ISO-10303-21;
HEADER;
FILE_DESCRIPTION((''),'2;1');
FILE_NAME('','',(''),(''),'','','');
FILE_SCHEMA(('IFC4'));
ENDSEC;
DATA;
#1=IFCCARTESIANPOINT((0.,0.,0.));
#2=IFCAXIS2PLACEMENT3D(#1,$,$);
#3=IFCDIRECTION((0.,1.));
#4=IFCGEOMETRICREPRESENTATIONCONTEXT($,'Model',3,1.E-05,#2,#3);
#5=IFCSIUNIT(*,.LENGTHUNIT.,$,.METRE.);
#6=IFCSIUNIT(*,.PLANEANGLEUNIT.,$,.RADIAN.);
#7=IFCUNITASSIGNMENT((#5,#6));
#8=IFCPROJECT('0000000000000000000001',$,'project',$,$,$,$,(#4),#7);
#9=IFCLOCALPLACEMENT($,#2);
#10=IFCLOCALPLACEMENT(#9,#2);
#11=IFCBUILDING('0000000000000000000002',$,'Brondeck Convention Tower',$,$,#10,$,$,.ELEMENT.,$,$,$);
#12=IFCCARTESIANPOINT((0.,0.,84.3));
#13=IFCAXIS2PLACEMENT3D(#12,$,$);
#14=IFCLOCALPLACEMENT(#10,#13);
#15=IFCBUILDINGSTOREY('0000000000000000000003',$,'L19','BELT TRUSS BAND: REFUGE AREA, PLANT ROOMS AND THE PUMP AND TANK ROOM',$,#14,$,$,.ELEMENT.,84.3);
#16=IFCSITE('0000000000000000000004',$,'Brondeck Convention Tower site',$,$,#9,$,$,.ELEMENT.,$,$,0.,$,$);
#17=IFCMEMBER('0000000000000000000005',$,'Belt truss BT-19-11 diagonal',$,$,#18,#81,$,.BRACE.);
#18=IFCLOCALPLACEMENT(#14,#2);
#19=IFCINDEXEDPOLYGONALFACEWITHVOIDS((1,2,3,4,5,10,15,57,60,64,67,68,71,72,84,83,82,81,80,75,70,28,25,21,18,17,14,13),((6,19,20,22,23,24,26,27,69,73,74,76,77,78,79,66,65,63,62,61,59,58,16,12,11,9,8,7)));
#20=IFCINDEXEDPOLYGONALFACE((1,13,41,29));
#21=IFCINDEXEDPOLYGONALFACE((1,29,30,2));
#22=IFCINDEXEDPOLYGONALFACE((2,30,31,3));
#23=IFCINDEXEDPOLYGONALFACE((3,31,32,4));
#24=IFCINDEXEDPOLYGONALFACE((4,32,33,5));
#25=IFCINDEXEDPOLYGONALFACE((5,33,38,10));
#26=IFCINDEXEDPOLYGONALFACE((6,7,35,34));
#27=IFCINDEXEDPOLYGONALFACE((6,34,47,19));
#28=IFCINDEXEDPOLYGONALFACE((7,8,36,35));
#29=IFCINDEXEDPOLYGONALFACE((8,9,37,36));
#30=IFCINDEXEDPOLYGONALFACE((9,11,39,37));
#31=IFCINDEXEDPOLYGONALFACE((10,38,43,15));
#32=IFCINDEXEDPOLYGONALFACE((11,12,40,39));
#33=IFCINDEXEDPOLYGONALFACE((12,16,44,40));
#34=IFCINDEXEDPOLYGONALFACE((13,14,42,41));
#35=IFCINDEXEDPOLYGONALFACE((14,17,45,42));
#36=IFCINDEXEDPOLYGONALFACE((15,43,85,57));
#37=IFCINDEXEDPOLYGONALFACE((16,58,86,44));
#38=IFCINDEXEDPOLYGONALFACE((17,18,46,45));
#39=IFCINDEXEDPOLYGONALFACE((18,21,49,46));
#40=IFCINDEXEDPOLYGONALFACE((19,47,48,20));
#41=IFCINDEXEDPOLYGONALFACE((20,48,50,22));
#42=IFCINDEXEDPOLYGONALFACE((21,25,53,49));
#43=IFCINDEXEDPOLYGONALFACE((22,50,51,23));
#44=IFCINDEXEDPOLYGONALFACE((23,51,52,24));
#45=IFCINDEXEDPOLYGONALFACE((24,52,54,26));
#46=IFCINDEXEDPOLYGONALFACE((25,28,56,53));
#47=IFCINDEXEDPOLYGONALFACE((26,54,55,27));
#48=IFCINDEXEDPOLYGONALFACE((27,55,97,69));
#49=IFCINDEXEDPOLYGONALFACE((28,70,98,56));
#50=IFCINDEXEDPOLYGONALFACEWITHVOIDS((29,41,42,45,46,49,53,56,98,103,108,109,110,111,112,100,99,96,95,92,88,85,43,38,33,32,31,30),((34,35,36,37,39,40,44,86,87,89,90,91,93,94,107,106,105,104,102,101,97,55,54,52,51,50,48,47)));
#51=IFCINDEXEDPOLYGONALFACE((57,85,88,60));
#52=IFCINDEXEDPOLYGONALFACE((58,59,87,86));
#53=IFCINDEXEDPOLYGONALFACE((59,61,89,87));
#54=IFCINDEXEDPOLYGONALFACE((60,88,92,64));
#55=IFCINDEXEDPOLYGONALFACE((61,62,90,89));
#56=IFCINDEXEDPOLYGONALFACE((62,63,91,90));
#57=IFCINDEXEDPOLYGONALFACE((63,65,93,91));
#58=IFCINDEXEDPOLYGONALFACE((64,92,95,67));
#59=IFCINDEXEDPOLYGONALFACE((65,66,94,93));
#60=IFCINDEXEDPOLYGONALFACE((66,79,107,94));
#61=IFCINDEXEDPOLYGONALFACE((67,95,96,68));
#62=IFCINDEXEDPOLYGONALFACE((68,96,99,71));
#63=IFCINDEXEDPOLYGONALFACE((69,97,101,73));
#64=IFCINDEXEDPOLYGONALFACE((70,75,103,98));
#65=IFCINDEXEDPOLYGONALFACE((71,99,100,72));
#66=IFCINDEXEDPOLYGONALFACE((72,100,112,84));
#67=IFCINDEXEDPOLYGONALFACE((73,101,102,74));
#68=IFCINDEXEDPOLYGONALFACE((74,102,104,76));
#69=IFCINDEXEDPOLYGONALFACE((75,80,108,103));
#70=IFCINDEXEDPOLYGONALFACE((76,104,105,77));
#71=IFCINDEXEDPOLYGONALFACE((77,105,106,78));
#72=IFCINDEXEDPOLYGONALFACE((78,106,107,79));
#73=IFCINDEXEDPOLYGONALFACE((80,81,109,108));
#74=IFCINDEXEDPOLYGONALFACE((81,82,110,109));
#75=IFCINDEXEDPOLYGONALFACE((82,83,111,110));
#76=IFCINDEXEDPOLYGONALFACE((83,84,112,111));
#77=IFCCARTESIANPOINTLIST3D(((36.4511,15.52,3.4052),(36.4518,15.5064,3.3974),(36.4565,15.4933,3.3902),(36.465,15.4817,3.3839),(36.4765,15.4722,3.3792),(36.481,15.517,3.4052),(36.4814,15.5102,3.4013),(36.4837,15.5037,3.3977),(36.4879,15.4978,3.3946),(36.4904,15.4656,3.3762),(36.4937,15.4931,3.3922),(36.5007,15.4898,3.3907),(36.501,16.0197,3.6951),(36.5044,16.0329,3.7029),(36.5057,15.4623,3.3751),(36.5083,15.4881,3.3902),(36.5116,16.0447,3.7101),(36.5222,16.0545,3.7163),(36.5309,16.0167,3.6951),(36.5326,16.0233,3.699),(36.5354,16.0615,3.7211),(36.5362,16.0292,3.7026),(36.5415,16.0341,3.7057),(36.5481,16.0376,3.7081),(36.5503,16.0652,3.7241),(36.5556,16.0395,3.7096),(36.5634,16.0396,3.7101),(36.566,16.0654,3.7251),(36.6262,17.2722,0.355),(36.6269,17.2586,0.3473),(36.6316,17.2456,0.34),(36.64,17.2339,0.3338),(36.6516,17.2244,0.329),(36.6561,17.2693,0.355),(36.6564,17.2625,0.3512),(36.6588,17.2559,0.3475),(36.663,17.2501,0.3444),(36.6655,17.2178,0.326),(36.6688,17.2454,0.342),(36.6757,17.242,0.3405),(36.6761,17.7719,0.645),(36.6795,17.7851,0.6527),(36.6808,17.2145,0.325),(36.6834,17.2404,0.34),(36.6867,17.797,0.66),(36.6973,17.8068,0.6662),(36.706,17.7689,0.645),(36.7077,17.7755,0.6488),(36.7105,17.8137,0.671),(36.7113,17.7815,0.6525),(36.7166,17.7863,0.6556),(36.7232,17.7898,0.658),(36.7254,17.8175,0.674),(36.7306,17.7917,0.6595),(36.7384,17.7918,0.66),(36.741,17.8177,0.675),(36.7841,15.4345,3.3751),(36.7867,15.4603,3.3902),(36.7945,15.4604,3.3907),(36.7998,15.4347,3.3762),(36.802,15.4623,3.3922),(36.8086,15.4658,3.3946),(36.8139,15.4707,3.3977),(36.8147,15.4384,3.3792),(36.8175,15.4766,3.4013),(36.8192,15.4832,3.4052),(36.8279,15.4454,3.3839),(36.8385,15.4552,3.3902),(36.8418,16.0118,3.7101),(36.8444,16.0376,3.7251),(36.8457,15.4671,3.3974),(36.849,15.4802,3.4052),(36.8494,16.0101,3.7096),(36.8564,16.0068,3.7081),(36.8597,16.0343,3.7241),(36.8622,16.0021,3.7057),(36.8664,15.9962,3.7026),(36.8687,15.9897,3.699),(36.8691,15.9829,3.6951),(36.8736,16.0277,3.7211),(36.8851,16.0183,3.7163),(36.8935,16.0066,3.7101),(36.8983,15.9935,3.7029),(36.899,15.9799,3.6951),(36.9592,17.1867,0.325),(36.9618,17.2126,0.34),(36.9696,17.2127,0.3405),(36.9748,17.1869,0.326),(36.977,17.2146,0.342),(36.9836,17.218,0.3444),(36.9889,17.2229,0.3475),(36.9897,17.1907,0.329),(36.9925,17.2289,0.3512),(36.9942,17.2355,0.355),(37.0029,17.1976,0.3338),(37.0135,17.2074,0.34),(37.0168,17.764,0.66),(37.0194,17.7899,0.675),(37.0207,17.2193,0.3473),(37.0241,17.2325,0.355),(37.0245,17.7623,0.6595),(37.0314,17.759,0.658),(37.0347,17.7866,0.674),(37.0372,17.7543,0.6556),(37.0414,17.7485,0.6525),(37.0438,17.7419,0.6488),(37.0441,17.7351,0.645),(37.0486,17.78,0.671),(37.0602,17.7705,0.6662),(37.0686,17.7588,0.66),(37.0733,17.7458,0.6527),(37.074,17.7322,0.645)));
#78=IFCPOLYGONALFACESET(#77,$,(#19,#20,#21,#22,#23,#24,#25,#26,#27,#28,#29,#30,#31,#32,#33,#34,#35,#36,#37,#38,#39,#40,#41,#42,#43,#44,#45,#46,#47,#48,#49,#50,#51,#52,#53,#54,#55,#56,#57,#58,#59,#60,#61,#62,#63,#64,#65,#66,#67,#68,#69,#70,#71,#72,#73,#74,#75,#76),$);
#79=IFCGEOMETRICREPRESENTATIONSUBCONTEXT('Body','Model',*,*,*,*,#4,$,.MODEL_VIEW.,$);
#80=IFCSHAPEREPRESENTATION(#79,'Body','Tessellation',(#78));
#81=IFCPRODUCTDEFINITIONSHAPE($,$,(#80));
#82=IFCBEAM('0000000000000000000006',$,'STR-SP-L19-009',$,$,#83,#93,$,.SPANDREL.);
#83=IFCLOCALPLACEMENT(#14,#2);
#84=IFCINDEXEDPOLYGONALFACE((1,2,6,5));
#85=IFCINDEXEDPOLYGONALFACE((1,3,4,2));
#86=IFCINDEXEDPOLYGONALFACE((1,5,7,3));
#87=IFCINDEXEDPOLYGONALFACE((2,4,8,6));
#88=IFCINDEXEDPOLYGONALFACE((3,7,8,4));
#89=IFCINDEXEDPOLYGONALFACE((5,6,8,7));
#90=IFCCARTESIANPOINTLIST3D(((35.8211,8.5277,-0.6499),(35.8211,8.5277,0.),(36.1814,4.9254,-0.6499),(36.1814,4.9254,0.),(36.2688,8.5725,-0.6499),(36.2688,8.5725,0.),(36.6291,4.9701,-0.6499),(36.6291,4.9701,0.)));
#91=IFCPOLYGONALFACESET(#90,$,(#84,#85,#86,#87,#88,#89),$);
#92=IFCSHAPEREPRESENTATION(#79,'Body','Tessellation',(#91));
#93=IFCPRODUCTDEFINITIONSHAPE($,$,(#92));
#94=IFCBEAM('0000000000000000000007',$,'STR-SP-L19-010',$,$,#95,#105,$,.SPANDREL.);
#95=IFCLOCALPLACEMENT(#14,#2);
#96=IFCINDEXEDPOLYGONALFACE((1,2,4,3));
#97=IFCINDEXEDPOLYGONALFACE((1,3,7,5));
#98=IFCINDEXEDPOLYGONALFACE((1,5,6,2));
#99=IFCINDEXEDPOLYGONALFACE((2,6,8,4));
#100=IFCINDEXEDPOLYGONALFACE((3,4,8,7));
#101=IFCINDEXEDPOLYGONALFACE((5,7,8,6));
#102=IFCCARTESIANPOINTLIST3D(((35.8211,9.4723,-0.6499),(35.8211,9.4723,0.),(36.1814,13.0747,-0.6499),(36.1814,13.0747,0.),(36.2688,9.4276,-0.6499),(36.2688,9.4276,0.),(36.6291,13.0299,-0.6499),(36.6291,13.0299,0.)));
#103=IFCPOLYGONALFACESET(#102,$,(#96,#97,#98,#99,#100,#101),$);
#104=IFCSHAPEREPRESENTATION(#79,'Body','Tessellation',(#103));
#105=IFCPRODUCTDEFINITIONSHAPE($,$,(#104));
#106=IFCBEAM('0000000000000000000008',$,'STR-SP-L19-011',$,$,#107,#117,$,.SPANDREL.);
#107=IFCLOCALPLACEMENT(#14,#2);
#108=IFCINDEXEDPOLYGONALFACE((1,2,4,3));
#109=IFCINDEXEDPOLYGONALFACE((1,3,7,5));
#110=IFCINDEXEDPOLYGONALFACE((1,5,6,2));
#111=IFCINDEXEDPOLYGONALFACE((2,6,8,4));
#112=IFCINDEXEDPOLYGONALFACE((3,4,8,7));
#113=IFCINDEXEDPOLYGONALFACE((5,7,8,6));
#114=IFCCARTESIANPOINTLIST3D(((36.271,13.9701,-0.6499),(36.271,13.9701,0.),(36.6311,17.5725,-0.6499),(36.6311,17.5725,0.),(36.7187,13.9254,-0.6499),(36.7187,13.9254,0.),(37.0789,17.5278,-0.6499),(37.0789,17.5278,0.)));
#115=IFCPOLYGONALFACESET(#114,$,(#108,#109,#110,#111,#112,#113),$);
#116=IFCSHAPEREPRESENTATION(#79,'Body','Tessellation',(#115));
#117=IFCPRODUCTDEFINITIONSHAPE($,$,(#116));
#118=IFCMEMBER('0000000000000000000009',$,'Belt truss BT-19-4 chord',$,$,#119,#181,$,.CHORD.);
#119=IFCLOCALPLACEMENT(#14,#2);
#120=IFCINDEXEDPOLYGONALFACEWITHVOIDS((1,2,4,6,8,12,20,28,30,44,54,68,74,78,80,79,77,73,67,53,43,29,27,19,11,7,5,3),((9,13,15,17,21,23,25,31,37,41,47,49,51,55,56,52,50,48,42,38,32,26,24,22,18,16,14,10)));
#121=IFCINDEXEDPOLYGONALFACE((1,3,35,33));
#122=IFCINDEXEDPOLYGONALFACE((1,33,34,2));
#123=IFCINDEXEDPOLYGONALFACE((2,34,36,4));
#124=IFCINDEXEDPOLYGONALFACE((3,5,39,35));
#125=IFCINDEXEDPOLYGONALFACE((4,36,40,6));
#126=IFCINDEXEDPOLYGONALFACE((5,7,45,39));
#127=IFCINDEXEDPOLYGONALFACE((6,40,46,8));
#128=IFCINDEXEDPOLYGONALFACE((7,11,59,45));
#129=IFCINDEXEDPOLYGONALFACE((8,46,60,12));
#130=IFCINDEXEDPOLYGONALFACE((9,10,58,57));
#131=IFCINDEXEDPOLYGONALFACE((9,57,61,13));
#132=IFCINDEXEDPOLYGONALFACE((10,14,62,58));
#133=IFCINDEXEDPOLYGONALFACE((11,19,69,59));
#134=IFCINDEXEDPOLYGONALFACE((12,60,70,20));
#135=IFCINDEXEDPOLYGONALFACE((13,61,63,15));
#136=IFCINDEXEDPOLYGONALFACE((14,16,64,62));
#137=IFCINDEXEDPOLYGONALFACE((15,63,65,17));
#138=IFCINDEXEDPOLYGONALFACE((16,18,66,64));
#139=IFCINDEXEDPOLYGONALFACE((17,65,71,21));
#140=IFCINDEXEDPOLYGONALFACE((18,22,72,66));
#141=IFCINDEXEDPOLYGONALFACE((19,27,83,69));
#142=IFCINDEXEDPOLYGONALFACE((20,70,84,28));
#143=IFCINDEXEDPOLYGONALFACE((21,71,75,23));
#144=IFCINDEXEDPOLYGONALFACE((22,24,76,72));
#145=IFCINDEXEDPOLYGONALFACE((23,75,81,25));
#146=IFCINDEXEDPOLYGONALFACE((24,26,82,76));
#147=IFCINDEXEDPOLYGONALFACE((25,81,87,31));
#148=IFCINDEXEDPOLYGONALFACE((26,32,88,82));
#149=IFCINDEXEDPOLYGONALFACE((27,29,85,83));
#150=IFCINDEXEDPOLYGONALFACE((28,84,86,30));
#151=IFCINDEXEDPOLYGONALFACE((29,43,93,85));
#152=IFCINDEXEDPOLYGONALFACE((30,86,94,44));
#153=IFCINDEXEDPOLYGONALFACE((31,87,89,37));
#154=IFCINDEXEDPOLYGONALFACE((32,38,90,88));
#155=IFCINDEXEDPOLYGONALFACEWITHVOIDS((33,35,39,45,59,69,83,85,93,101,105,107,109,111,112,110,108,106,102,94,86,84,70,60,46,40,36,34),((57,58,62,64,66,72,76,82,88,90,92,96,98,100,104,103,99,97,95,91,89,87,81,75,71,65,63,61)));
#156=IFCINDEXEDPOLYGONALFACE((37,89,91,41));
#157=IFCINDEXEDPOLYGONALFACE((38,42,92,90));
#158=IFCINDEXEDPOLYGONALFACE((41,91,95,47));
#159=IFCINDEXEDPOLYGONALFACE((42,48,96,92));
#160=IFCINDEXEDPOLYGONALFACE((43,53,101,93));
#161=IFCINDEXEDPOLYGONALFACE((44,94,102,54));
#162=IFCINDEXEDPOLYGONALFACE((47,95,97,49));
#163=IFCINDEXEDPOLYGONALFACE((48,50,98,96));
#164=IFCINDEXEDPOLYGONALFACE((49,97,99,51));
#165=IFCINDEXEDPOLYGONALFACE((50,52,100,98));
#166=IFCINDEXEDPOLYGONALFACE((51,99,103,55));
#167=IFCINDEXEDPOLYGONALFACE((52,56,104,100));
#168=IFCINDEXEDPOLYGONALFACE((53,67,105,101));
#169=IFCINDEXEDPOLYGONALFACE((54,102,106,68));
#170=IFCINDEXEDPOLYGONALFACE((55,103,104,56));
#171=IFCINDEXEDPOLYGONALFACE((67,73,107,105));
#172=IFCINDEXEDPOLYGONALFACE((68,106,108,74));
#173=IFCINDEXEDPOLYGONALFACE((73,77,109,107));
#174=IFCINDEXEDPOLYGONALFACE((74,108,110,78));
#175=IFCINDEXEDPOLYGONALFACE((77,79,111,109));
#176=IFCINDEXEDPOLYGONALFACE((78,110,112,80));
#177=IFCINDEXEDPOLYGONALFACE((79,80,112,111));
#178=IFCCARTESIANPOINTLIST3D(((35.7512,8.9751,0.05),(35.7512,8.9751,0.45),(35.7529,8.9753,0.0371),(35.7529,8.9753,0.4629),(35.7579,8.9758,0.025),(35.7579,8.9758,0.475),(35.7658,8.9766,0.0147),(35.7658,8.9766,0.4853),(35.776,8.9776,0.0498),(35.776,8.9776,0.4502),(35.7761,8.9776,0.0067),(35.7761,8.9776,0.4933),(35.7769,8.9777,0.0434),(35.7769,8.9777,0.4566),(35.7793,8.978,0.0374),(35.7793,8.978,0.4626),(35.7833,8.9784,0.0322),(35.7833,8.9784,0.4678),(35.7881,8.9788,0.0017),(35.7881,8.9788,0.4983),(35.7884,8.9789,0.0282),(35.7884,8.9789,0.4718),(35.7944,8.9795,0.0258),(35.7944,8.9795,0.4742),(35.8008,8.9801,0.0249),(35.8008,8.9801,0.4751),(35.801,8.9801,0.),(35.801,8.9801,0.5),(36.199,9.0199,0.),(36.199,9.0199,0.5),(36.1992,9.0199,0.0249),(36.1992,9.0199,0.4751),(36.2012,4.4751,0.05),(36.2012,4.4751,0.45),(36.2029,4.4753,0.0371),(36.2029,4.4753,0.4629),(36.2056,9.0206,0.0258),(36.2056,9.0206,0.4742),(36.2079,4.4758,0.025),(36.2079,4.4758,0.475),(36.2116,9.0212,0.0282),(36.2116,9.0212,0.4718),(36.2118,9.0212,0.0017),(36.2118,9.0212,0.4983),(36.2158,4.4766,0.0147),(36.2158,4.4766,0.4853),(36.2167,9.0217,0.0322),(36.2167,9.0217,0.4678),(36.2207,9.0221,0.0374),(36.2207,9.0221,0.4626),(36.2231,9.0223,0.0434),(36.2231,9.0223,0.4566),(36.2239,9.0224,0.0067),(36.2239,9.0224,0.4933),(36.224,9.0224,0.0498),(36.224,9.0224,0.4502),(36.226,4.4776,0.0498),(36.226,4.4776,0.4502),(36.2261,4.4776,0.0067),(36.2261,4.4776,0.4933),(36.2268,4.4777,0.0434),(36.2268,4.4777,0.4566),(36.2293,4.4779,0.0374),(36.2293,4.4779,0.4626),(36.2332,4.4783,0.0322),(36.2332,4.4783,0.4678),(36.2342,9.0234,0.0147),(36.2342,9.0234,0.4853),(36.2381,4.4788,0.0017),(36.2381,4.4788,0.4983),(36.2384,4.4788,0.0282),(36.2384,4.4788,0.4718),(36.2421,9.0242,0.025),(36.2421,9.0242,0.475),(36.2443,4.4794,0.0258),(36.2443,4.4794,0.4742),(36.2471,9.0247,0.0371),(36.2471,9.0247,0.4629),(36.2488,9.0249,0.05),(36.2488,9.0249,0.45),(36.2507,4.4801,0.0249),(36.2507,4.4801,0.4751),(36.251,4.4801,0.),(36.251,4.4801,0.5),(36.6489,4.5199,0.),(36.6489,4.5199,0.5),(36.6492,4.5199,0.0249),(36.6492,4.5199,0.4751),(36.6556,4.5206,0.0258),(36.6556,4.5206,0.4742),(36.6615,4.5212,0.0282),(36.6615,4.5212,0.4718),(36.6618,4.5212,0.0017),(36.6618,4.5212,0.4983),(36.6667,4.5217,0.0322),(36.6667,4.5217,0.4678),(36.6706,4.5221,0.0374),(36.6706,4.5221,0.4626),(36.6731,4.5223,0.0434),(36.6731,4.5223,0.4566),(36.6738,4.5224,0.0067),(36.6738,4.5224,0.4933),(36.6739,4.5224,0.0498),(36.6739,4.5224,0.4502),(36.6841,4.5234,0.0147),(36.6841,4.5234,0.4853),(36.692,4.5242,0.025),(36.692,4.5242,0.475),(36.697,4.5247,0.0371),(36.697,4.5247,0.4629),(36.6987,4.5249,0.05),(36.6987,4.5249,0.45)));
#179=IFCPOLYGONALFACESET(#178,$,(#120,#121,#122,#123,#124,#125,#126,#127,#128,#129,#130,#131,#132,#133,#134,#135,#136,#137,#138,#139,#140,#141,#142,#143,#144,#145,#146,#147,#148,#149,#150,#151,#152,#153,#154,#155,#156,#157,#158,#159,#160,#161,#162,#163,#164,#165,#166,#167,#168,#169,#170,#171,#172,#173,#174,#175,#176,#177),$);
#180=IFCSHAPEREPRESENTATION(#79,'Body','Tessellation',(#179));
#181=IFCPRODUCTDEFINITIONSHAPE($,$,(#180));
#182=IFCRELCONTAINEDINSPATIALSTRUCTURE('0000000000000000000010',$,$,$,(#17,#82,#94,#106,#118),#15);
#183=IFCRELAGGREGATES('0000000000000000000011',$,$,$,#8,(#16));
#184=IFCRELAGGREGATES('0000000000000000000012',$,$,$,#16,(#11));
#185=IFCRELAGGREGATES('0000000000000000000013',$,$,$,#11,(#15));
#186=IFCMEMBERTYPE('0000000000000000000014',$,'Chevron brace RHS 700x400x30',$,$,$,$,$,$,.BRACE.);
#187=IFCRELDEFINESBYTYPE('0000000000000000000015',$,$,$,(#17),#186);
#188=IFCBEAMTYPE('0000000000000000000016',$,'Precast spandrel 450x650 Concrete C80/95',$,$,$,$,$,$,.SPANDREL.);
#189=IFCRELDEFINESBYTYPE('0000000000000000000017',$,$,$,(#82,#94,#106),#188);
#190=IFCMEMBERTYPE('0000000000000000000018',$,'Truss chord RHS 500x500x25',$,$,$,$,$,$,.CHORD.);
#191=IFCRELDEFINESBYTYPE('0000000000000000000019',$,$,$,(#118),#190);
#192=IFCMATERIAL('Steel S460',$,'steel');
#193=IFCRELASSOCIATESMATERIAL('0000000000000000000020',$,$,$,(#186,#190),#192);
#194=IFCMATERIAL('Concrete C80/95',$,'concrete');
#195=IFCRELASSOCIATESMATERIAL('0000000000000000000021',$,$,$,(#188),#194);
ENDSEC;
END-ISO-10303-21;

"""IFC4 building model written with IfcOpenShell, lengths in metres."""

from ifc_helpers import new_model, si_unit, direction, frame, origin, origin_2d, place, context, subcontext, project, spatial, rectangle, hollow_rectangle, extrude, material, material_profile, profile_set, type_object, element, save


model = new_model("IFC4")

# Units and contexts
model_context = context("Model", 3, precision=1e-05, world=origin(), true_north=direction((0.0, 1.0)))
body_context = subcontext(model_context, "Body", "Model", "MODEL_VIEW")
ifc_project = project(units=[si_unit("LENGTHUNIT", "METRE"), si_unit("PLANEANGLEUNIT", "RADIAN")], contexts=[model_context])

# Site, building, storey
site_placement = place(None, origin())
site = spatial("IfcSite", under=ifc_project, at=site_placement, Name="Brondeck Convention Tower site", CompositionType="ELEMENT", RefElevation=0.0)
building_placement = place(site_placement, origin())
building = spatial("IfcBuilding", under=site, at=building_placement, Name="Brondeck Convention Tower", CompositionType="ELEMENT")
storey_placement = place(building_placement, frame((0.0, 0.0, 84.3)))
storey = spatial("IfcBuildingStorey", under=building, at=storey_placement, Name="L19", Description="BELT TRUSS BAND: REFUGE AREA, PLANT ROOMS AND THE PUMP AND TANK ROOM", CompositionType="ELEMENT", Elevation=84.3)

# Shared definitions
ifc_material_1 = material(Name="Concrete C80/95", Category="concrete")

# Member
ifc_material_2 = material(Name="Steel S460", Category="steel")
ifc_material_profile_1 = material_profile(ifc_material_2, hollow_rectangle(XDim=0.3999, YDim=0.7, WallThickness=0.03, InnerFilletRadius=0.03, OuterFilletRadius=0.0601, at=origin_2d()), Name="RHS 700x400x30")
ifc_profile_set_1 = profile_set([ifc_material_profile_1], Name="Steel S460")
member_type_1 = type_object("IfcMemberType", Name="Chevron brace RHS 700x400x30", PredefinedType="BRACE", material=ifc_profile_set_1)
for number, where, z_axis, x_axis, name in (
    (1, (36.8501, 17.5022, 0.5), (-0.049703, -0.497518, 0.866029), (0.995047, -0.099408, 0.0), "Belt truss BT-19-11 diagonal"),
):
    element("IfcMember", number, at=place(storey_placement, frame(where, z_axis=z_axis, x_axis=x_axis)), inside=storey, type_object=member_type_1, Name=name, PredefinedType="BRACE", context=body_context, shape_type="SweptSolid", body=[
        extrude(hollow_rectangle(XDim=0.3999, YDim=0.7, WallThickness=0.03, InnerFilletRadius=0.03, OuterFilletRadius=0.0601, at=origin_2d()), origin(), (0.0, 0.0, 1.0), 3.522),
    ])

# Beams
ifc_material_profile_2 = material_profile(ifc_material_1, rectangle(XDim=0.45, YDim=0.6499, at=origin_2d()), Name="Precast spandrel 450x650 Concrete C80/95")
ifc_profile_set_2 = profile_set([ifc_material_profile_2], Name="Concrete C80/95")
beam_type = type_object("IfcBeamType", Name="Precast spandrel 450x650 Concrete C80/95", PredefinedType="SPANDREL", material=ifc_profile_set_2)
for number, where, z_axis, x_axis, name in (
    (2, (36.4053, 4.9478, -0.325), (-0.099537, 0.995034, 0.0), (-0.995034, -0.099537, 0.0), "STR-SP-L19-009"),
    (3, (36.0449, 9.45, -0.325), (0.099537, 0.995034, 0.0), (-0.995034, 0.099537, 0.0), "STR-SP-L19-010"),
    (4, (36.4949, 13.9478, -0.325), (0.09947, 0.995041, 0.0), (-0.995041, 0.09947, 0.0), "STR-SP-L19-011"),
):
    element("IfcBeam", number, at=place(storey_placement, frame(where, z_axis=z_axis, x_axis=x_axis)), inside=storey, type_object=beam_type, Name=name, PredefinedType="SPANDREL", context=body_context, shape_type="SweptSolid", body=[
        extrude(rectangle(XDim=0.45, YDim=0.6499, at=origin_2d()), origin(), (0.0, 0.0, 1.0), 3.6204),
    ])

# Member
ifc_material_profile_3 = material_profile(ifc_material_2, hollow_rectangle(XDim=0.5, YDim=0.5, WallThickness=0.0249, InnerFilletRadius=0.0249, OuterFilletRadius=0.05, at=origin_2d()), Name="RHS 500x500x25")
ifc_profile_set_3 = profile_set([ifc_material_profile_3], Name="Steel S460")
member_type_2 = type_object("IfcMemberType", Name="Truss chord RHS 500x500x25", PredefinedType="CHORD", material=ifc_profile_set_3)
member_1_placement = place(storey_placement, frame((36.45, 4.5, 0.25), z_axis=(-0.099493, 0.995038, 0.0), x_axis=(-0.995038, -0.099493, 0.0)))
element("IfcMember", 5, at=member_1_placement, inside=storey, type_object=member_type_2, Name="Belt truss BT-19-4 chord", PredefinedType="CHORD", context=body_context, shape_type="SweptSolid", body=[
    extrude(hollow_rectangle(XDim=0.5, YDim=0.5, WallThickness=0.0249, InnerFilletRadius=0.0249, OuterFilletRadius=0.05, at=origin_2d()), origin(), (0.0, 0.0, 1.0), 4.5225),
])

save(model, "model.ifc")
